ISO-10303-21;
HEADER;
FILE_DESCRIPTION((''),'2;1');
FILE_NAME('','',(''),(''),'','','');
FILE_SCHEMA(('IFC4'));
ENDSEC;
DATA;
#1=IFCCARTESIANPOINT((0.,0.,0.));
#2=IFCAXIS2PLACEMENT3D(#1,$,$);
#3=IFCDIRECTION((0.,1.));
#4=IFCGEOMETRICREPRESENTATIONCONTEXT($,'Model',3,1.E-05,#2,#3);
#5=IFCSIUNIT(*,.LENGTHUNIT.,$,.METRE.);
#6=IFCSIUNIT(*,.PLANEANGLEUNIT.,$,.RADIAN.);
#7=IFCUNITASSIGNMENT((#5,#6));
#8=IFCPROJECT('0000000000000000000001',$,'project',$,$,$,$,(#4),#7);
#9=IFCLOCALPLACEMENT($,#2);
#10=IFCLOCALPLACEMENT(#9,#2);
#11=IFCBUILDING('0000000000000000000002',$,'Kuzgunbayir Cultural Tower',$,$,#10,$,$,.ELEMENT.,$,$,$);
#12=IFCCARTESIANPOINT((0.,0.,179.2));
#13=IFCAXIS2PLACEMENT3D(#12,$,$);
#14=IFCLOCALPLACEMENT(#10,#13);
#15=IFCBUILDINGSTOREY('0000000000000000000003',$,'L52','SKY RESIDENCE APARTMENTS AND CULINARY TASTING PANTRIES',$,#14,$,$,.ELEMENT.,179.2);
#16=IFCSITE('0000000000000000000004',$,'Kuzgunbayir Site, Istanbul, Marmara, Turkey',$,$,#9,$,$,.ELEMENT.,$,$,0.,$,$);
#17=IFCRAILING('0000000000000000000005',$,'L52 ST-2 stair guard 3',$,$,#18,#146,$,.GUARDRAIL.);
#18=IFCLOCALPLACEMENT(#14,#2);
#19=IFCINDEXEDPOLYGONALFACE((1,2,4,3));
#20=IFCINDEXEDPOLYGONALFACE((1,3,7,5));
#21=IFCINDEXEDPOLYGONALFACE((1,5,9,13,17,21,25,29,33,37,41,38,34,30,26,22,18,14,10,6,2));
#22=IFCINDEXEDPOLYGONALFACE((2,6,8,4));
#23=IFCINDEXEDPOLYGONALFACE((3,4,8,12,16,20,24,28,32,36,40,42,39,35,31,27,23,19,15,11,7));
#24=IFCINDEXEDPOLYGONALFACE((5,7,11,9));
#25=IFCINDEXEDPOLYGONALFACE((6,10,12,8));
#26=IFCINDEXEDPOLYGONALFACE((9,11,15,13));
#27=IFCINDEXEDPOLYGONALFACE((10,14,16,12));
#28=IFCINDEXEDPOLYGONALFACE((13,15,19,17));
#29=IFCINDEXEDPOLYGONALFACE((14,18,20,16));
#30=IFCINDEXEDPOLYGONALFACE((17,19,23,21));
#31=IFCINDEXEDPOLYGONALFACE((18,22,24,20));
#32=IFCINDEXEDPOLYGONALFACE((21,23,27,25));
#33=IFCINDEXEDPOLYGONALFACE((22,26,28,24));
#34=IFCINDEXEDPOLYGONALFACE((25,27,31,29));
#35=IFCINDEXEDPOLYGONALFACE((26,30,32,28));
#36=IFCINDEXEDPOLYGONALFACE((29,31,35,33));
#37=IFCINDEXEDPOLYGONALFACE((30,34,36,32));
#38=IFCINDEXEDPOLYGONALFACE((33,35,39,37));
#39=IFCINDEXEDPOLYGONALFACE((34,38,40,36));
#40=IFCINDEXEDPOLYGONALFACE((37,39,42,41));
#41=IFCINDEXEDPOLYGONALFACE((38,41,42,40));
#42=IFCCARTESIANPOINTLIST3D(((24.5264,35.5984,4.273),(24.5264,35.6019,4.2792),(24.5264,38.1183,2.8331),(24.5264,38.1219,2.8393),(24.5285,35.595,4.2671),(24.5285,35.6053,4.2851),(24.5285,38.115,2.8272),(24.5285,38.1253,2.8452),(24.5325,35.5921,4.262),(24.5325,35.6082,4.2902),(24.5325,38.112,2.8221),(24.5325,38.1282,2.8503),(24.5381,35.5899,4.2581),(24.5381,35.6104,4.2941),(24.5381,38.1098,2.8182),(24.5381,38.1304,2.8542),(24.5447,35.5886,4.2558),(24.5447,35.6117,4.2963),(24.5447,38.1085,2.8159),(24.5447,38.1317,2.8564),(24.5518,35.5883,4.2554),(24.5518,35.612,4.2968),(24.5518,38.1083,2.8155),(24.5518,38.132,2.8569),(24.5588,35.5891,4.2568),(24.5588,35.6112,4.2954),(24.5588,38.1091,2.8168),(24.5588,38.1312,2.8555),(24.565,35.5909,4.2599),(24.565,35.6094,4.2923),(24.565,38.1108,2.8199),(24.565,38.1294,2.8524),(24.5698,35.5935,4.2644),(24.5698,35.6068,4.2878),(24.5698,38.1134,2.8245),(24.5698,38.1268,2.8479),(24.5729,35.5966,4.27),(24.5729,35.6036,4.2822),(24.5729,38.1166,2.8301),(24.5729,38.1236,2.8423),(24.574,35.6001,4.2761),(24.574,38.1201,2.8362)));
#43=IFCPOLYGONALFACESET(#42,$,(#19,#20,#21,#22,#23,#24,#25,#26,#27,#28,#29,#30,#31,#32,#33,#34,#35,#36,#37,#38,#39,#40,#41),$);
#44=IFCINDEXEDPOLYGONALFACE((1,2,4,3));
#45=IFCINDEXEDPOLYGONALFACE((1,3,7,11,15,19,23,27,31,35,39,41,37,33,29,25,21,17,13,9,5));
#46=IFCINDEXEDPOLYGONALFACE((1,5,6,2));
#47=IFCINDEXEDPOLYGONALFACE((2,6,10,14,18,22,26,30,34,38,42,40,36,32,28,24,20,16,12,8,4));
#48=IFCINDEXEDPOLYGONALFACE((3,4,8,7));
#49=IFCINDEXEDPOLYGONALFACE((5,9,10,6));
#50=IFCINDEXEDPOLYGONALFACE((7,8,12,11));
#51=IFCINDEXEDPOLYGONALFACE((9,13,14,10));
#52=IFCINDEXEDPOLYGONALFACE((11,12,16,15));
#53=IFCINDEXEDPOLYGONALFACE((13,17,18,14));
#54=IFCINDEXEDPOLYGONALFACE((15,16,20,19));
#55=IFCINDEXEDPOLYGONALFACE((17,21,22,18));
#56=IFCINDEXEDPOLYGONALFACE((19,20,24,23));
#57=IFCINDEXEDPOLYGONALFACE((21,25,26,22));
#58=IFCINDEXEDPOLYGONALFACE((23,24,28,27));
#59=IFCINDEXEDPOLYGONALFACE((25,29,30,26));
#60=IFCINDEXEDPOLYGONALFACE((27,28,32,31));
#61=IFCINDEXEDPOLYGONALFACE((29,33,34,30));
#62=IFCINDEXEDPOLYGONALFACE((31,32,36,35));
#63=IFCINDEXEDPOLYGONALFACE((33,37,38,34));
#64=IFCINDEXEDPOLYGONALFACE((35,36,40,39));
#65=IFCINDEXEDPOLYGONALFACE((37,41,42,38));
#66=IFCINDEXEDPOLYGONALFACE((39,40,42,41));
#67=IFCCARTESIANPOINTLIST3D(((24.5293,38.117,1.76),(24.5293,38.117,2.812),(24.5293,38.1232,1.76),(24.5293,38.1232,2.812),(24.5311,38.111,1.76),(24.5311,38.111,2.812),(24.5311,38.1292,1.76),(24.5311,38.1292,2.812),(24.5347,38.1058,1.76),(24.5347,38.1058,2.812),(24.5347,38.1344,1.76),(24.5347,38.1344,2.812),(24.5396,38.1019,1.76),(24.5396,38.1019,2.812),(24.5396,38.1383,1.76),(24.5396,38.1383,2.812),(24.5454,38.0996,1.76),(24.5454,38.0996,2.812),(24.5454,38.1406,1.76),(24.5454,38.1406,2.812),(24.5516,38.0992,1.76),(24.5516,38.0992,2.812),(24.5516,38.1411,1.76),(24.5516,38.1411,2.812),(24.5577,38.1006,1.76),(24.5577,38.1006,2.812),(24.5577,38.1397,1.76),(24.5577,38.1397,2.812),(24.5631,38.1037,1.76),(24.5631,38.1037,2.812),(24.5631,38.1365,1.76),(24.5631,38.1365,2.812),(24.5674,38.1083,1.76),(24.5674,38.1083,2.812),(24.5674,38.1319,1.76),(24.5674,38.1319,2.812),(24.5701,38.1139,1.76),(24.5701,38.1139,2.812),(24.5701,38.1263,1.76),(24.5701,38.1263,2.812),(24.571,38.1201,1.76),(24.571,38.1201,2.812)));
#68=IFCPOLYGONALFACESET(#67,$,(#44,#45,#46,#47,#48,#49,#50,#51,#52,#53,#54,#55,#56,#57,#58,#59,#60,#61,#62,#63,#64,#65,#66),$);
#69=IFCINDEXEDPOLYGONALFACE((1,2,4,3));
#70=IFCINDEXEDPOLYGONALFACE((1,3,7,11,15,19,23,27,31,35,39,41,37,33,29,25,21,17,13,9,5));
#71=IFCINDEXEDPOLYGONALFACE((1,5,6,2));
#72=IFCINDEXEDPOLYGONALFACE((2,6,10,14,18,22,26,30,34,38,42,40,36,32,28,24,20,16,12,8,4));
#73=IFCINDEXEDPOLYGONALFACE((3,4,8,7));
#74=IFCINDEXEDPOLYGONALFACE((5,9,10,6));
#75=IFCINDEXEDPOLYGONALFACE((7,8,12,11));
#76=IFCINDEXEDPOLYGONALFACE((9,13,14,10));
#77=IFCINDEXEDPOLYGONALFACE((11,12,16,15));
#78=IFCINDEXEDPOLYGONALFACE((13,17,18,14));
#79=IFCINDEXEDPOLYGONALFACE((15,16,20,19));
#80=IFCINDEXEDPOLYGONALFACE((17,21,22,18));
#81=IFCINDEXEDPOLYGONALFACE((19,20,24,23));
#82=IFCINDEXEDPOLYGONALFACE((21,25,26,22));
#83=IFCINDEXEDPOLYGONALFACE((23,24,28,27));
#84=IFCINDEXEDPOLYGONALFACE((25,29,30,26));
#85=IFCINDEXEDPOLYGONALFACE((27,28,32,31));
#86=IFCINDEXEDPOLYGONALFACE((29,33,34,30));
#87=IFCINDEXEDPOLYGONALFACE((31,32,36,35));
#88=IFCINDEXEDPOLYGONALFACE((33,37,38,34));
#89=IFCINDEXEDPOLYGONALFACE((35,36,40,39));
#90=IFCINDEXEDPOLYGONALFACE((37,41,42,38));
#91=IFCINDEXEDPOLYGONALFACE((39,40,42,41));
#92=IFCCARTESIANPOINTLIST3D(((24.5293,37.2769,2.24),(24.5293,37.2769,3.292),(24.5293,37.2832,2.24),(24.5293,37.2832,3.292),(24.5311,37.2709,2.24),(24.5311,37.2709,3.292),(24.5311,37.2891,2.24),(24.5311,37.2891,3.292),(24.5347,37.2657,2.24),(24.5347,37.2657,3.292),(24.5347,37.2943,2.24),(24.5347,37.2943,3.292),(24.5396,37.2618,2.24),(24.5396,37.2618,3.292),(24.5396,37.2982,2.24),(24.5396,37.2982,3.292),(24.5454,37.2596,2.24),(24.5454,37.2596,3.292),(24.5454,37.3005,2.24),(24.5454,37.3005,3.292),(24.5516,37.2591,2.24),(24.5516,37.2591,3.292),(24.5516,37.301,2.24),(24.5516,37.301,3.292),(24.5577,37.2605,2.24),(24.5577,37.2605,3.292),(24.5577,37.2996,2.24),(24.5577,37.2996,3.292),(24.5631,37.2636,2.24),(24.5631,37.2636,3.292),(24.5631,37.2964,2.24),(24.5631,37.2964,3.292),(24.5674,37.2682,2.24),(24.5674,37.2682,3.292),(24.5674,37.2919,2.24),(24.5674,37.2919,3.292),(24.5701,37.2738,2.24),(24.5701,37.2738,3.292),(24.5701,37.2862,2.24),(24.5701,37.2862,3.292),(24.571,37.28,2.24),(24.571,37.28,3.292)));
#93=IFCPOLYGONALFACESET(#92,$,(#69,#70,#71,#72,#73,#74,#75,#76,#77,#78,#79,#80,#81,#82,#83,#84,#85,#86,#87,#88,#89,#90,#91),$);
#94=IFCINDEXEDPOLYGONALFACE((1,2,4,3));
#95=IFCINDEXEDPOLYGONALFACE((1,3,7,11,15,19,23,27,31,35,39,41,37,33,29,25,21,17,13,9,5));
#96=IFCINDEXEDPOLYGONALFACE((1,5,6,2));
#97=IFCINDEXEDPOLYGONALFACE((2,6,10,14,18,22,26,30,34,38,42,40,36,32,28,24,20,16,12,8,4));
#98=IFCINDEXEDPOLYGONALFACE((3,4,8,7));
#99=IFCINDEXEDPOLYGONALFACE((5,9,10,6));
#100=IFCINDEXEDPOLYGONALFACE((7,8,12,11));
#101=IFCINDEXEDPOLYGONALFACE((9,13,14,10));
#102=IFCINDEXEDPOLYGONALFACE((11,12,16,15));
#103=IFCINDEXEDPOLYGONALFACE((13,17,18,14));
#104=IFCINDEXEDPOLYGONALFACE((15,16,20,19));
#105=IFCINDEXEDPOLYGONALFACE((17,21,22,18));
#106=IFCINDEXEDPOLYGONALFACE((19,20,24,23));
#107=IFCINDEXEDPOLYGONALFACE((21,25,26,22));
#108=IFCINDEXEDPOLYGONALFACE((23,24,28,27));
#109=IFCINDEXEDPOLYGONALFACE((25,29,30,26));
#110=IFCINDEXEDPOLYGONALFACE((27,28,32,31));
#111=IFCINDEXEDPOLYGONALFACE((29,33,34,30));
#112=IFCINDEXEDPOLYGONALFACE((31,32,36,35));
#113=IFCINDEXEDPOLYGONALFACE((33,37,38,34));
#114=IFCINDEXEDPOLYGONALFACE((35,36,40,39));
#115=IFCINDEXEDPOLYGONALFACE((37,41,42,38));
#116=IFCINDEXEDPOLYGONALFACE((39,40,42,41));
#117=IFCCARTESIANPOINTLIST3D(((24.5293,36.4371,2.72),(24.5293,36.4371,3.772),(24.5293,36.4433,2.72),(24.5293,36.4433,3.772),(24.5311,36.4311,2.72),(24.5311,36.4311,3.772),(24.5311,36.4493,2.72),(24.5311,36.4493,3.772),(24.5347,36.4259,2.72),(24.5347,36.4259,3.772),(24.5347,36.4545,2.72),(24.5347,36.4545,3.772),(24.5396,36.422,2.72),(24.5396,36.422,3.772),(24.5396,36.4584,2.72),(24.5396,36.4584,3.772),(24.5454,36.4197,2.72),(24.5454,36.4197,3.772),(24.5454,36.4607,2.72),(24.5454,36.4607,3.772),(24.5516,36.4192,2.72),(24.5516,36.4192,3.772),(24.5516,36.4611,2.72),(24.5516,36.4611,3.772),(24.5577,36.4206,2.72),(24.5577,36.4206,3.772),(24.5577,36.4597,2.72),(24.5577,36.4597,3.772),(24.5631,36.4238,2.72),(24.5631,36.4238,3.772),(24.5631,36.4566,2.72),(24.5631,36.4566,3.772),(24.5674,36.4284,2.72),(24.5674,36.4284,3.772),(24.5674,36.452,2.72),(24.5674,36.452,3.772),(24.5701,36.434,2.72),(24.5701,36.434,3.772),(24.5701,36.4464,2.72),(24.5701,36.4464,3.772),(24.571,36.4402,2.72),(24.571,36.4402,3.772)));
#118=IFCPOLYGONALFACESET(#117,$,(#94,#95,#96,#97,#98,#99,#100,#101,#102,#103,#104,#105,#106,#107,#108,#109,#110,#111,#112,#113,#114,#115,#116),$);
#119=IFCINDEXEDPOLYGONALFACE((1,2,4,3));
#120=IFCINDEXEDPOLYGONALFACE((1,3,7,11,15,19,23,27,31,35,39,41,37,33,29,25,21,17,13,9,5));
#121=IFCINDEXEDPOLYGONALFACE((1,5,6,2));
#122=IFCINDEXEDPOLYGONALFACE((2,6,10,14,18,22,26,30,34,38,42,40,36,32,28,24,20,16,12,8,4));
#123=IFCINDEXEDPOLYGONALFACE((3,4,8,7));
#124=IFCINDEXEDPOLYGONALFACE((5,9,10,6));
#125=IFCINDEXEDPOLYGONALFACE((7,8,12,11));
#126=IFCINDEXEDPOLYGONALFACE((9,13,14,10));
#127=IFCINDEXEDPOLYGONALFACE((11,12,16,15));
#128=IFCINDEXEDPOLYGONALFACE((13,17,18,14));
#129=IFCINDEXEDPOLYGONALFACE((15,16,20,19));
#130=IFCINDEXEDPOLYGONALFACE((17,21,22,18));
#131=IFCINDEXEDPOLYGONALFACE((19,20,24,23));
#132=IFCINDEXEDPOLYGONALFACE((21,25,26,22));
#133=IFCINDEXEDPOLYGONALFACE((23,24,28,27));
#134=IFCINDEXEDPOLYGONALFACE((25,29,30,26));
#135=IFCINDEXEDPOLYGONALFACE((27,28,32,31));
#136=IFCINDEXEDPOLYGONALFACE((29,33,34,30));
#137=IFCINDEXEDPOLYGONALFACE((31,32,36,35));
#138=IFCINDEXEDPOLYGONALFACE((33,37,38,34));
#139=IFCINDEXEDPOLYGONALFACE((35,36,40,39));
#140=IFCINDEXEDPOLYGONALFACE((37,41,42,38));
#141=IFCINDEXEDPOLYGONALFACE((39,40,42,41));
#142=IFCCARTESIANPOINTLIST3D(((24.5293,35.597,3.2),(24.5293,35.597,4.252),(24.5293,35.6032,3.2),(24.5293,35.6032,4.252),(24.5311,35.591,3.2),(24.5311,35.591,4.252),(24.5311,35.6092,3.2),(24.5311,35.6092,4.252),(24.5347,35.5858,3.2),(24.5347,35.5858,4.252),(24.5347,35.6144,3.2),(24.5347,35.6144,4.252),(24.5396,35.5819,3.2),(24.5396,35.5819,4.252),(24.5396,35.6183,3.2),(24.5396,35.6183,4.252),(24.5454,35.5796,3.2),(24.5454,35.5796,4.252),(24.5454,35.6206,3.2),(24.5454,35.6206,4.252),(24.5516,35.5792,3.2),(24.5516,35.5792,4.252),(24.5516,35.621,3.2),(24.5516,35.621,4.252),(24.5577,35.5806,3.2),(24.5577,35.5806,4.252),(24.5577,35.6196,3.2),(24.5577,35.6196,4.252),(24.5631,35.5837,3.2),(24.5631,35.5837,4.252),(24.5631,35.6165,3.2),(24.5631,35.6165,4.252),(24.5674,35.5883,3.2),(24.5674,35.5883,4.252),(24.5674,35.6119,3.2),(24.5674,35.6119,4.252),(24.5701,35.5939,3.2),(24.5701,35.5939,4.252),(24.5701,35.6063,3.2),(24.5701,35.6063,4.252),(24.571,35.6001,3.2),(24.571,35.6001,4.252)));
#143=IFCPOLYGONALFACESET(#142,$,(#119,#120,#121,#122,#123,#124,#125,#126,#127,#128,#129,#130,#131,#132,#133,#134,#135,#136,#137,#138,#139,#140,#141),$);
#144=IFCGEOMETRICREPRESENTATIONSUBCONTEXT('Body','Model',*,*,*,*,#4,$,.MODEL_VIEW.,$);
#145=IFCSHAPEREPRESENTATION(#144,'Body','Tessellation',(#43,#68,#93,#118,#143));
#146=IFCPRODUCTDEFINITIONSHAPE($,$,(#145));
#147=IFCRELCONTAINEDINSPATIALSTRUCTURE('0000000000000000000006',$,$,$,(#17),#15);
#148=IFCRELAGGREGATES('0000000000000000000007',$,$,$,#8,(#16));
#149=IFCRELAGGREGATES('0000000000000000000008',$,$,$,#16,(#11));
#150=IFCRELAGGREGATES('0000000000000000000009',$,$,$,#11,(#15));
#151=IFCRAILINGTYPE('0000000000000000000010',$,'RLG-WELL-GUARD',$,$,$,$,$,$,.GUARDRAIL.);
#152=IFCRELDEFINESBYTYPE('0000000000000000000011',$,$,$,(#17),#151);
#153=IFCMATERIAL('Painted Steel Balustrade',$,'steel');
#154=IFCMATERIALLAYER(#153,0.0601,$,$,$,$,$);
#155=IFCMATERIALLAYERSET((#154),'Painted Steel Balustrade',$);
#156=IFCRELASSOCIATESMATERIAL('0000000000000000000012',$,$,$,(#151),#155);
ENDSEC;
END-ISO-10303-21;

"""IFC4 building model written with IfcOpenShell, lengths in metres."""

from ifc_helpers import new_model, si_unit, direction, frame, origin, origin_2d, place, context, subcontext, project, spatial, circle, extrude, material, layer, layer_set, type_object, element, save


model = new_model("IFC4")

# Units and contexts
model_context = context("Model", 3, precision=1e-05, world=origin(), true_north=direction((0.0, 1.0)))
body_context = subcontext(model_context, "Body", "Model", "MODEL_VIEW")
ifc_project = project(units=[si_unit("LENGTHUNIT", "METRE"), si_unit("PLANEANGLEUNIT", "RADIAN")], contexts=[model_context])

# Site, building, storey
site_placement = place(None, origin())
site = spatial("IfcSite", under=ifc_project, at=site_placement, Name="Kuzgunbayir Site, Istanbul, Marmara, Turkey", CompositionType="ELEMENT", RefElevation=0.0)
building_placement = place(site_placement, origin())
building = spatial("IfcBuilding", under=site, at=building_placement, Name="Kuzgunbayir Cultural Tower", CompositionType="ELEMENT")
storey_placement = place(building_placement, frame((0.0, 0.0, 179.2)))
storey = spatial("IfcBuildingStorey", under=building, at=storey_placement, Name="L52", Description="SKY RESIDENCE APARTMENTS AND CULINARY TASTING PANTRIES", CompositionType="ELEMENT", Elevation=179.2)

# Railing
ifc_material_1 = material(Name="Painted Steel Balustrade", Category="steel")
ifc_layer_1 = layer(ifc_material_1, 0.0601)
ifc_layer_set_1 = layer_set([ifc_layer_1], Name="Painted Steel Balustrade")
railing_type_1 = type_object("IfcRailingType", Name="RLG-WELL-GUARD", PredefinedType="GUARDRAIL", material=ifc_layer_set_1)
railing_1_placement = place(storey_placement, frame((24.55, 38.1201, 1.76)))
element("IfcRailing", 1, at=railing_1_placement, inside=storey, type_object=railing_type_1, Name="L52 ST-2 stair guard 3", PredefinedType="GUARDRAIL", context=body_context, shape_type="SweptSolid", body=[
    extrude(circle(Radius=0.0239, at=origin_2d()), frame((0.0, 0.0, 1.0762), z_axis=(0.0, -0.868253, 0.496121), x_axis=(1.0, 0.0, 0.0)), (0.0, 0.0, 1.0), 2.9023),
    extrude(circle(Radius=0.021, at=origin_2d()), origin(), (0.0, 0.0, 1.0), 1.052),
    extrude(circle(Radius=0.021, at=origin_2d()), frame((0.0, -0.8401, 0.48)), (0.0, 0.0, 1.0), 1.052),
    extrude(circle(Radius=0.021, at=origin_2d()), frame((0.0, -1.6799, 0.96)), (0.0, 0.0, 1.0), 1.052),
    extrude(circle(Radius=0.021, at=origin_2d()), frame((0.0, -2.52, 1.4399)), (0.0, 0.0, 1.0), 1.052),
])

save(model, "model.ifc")
